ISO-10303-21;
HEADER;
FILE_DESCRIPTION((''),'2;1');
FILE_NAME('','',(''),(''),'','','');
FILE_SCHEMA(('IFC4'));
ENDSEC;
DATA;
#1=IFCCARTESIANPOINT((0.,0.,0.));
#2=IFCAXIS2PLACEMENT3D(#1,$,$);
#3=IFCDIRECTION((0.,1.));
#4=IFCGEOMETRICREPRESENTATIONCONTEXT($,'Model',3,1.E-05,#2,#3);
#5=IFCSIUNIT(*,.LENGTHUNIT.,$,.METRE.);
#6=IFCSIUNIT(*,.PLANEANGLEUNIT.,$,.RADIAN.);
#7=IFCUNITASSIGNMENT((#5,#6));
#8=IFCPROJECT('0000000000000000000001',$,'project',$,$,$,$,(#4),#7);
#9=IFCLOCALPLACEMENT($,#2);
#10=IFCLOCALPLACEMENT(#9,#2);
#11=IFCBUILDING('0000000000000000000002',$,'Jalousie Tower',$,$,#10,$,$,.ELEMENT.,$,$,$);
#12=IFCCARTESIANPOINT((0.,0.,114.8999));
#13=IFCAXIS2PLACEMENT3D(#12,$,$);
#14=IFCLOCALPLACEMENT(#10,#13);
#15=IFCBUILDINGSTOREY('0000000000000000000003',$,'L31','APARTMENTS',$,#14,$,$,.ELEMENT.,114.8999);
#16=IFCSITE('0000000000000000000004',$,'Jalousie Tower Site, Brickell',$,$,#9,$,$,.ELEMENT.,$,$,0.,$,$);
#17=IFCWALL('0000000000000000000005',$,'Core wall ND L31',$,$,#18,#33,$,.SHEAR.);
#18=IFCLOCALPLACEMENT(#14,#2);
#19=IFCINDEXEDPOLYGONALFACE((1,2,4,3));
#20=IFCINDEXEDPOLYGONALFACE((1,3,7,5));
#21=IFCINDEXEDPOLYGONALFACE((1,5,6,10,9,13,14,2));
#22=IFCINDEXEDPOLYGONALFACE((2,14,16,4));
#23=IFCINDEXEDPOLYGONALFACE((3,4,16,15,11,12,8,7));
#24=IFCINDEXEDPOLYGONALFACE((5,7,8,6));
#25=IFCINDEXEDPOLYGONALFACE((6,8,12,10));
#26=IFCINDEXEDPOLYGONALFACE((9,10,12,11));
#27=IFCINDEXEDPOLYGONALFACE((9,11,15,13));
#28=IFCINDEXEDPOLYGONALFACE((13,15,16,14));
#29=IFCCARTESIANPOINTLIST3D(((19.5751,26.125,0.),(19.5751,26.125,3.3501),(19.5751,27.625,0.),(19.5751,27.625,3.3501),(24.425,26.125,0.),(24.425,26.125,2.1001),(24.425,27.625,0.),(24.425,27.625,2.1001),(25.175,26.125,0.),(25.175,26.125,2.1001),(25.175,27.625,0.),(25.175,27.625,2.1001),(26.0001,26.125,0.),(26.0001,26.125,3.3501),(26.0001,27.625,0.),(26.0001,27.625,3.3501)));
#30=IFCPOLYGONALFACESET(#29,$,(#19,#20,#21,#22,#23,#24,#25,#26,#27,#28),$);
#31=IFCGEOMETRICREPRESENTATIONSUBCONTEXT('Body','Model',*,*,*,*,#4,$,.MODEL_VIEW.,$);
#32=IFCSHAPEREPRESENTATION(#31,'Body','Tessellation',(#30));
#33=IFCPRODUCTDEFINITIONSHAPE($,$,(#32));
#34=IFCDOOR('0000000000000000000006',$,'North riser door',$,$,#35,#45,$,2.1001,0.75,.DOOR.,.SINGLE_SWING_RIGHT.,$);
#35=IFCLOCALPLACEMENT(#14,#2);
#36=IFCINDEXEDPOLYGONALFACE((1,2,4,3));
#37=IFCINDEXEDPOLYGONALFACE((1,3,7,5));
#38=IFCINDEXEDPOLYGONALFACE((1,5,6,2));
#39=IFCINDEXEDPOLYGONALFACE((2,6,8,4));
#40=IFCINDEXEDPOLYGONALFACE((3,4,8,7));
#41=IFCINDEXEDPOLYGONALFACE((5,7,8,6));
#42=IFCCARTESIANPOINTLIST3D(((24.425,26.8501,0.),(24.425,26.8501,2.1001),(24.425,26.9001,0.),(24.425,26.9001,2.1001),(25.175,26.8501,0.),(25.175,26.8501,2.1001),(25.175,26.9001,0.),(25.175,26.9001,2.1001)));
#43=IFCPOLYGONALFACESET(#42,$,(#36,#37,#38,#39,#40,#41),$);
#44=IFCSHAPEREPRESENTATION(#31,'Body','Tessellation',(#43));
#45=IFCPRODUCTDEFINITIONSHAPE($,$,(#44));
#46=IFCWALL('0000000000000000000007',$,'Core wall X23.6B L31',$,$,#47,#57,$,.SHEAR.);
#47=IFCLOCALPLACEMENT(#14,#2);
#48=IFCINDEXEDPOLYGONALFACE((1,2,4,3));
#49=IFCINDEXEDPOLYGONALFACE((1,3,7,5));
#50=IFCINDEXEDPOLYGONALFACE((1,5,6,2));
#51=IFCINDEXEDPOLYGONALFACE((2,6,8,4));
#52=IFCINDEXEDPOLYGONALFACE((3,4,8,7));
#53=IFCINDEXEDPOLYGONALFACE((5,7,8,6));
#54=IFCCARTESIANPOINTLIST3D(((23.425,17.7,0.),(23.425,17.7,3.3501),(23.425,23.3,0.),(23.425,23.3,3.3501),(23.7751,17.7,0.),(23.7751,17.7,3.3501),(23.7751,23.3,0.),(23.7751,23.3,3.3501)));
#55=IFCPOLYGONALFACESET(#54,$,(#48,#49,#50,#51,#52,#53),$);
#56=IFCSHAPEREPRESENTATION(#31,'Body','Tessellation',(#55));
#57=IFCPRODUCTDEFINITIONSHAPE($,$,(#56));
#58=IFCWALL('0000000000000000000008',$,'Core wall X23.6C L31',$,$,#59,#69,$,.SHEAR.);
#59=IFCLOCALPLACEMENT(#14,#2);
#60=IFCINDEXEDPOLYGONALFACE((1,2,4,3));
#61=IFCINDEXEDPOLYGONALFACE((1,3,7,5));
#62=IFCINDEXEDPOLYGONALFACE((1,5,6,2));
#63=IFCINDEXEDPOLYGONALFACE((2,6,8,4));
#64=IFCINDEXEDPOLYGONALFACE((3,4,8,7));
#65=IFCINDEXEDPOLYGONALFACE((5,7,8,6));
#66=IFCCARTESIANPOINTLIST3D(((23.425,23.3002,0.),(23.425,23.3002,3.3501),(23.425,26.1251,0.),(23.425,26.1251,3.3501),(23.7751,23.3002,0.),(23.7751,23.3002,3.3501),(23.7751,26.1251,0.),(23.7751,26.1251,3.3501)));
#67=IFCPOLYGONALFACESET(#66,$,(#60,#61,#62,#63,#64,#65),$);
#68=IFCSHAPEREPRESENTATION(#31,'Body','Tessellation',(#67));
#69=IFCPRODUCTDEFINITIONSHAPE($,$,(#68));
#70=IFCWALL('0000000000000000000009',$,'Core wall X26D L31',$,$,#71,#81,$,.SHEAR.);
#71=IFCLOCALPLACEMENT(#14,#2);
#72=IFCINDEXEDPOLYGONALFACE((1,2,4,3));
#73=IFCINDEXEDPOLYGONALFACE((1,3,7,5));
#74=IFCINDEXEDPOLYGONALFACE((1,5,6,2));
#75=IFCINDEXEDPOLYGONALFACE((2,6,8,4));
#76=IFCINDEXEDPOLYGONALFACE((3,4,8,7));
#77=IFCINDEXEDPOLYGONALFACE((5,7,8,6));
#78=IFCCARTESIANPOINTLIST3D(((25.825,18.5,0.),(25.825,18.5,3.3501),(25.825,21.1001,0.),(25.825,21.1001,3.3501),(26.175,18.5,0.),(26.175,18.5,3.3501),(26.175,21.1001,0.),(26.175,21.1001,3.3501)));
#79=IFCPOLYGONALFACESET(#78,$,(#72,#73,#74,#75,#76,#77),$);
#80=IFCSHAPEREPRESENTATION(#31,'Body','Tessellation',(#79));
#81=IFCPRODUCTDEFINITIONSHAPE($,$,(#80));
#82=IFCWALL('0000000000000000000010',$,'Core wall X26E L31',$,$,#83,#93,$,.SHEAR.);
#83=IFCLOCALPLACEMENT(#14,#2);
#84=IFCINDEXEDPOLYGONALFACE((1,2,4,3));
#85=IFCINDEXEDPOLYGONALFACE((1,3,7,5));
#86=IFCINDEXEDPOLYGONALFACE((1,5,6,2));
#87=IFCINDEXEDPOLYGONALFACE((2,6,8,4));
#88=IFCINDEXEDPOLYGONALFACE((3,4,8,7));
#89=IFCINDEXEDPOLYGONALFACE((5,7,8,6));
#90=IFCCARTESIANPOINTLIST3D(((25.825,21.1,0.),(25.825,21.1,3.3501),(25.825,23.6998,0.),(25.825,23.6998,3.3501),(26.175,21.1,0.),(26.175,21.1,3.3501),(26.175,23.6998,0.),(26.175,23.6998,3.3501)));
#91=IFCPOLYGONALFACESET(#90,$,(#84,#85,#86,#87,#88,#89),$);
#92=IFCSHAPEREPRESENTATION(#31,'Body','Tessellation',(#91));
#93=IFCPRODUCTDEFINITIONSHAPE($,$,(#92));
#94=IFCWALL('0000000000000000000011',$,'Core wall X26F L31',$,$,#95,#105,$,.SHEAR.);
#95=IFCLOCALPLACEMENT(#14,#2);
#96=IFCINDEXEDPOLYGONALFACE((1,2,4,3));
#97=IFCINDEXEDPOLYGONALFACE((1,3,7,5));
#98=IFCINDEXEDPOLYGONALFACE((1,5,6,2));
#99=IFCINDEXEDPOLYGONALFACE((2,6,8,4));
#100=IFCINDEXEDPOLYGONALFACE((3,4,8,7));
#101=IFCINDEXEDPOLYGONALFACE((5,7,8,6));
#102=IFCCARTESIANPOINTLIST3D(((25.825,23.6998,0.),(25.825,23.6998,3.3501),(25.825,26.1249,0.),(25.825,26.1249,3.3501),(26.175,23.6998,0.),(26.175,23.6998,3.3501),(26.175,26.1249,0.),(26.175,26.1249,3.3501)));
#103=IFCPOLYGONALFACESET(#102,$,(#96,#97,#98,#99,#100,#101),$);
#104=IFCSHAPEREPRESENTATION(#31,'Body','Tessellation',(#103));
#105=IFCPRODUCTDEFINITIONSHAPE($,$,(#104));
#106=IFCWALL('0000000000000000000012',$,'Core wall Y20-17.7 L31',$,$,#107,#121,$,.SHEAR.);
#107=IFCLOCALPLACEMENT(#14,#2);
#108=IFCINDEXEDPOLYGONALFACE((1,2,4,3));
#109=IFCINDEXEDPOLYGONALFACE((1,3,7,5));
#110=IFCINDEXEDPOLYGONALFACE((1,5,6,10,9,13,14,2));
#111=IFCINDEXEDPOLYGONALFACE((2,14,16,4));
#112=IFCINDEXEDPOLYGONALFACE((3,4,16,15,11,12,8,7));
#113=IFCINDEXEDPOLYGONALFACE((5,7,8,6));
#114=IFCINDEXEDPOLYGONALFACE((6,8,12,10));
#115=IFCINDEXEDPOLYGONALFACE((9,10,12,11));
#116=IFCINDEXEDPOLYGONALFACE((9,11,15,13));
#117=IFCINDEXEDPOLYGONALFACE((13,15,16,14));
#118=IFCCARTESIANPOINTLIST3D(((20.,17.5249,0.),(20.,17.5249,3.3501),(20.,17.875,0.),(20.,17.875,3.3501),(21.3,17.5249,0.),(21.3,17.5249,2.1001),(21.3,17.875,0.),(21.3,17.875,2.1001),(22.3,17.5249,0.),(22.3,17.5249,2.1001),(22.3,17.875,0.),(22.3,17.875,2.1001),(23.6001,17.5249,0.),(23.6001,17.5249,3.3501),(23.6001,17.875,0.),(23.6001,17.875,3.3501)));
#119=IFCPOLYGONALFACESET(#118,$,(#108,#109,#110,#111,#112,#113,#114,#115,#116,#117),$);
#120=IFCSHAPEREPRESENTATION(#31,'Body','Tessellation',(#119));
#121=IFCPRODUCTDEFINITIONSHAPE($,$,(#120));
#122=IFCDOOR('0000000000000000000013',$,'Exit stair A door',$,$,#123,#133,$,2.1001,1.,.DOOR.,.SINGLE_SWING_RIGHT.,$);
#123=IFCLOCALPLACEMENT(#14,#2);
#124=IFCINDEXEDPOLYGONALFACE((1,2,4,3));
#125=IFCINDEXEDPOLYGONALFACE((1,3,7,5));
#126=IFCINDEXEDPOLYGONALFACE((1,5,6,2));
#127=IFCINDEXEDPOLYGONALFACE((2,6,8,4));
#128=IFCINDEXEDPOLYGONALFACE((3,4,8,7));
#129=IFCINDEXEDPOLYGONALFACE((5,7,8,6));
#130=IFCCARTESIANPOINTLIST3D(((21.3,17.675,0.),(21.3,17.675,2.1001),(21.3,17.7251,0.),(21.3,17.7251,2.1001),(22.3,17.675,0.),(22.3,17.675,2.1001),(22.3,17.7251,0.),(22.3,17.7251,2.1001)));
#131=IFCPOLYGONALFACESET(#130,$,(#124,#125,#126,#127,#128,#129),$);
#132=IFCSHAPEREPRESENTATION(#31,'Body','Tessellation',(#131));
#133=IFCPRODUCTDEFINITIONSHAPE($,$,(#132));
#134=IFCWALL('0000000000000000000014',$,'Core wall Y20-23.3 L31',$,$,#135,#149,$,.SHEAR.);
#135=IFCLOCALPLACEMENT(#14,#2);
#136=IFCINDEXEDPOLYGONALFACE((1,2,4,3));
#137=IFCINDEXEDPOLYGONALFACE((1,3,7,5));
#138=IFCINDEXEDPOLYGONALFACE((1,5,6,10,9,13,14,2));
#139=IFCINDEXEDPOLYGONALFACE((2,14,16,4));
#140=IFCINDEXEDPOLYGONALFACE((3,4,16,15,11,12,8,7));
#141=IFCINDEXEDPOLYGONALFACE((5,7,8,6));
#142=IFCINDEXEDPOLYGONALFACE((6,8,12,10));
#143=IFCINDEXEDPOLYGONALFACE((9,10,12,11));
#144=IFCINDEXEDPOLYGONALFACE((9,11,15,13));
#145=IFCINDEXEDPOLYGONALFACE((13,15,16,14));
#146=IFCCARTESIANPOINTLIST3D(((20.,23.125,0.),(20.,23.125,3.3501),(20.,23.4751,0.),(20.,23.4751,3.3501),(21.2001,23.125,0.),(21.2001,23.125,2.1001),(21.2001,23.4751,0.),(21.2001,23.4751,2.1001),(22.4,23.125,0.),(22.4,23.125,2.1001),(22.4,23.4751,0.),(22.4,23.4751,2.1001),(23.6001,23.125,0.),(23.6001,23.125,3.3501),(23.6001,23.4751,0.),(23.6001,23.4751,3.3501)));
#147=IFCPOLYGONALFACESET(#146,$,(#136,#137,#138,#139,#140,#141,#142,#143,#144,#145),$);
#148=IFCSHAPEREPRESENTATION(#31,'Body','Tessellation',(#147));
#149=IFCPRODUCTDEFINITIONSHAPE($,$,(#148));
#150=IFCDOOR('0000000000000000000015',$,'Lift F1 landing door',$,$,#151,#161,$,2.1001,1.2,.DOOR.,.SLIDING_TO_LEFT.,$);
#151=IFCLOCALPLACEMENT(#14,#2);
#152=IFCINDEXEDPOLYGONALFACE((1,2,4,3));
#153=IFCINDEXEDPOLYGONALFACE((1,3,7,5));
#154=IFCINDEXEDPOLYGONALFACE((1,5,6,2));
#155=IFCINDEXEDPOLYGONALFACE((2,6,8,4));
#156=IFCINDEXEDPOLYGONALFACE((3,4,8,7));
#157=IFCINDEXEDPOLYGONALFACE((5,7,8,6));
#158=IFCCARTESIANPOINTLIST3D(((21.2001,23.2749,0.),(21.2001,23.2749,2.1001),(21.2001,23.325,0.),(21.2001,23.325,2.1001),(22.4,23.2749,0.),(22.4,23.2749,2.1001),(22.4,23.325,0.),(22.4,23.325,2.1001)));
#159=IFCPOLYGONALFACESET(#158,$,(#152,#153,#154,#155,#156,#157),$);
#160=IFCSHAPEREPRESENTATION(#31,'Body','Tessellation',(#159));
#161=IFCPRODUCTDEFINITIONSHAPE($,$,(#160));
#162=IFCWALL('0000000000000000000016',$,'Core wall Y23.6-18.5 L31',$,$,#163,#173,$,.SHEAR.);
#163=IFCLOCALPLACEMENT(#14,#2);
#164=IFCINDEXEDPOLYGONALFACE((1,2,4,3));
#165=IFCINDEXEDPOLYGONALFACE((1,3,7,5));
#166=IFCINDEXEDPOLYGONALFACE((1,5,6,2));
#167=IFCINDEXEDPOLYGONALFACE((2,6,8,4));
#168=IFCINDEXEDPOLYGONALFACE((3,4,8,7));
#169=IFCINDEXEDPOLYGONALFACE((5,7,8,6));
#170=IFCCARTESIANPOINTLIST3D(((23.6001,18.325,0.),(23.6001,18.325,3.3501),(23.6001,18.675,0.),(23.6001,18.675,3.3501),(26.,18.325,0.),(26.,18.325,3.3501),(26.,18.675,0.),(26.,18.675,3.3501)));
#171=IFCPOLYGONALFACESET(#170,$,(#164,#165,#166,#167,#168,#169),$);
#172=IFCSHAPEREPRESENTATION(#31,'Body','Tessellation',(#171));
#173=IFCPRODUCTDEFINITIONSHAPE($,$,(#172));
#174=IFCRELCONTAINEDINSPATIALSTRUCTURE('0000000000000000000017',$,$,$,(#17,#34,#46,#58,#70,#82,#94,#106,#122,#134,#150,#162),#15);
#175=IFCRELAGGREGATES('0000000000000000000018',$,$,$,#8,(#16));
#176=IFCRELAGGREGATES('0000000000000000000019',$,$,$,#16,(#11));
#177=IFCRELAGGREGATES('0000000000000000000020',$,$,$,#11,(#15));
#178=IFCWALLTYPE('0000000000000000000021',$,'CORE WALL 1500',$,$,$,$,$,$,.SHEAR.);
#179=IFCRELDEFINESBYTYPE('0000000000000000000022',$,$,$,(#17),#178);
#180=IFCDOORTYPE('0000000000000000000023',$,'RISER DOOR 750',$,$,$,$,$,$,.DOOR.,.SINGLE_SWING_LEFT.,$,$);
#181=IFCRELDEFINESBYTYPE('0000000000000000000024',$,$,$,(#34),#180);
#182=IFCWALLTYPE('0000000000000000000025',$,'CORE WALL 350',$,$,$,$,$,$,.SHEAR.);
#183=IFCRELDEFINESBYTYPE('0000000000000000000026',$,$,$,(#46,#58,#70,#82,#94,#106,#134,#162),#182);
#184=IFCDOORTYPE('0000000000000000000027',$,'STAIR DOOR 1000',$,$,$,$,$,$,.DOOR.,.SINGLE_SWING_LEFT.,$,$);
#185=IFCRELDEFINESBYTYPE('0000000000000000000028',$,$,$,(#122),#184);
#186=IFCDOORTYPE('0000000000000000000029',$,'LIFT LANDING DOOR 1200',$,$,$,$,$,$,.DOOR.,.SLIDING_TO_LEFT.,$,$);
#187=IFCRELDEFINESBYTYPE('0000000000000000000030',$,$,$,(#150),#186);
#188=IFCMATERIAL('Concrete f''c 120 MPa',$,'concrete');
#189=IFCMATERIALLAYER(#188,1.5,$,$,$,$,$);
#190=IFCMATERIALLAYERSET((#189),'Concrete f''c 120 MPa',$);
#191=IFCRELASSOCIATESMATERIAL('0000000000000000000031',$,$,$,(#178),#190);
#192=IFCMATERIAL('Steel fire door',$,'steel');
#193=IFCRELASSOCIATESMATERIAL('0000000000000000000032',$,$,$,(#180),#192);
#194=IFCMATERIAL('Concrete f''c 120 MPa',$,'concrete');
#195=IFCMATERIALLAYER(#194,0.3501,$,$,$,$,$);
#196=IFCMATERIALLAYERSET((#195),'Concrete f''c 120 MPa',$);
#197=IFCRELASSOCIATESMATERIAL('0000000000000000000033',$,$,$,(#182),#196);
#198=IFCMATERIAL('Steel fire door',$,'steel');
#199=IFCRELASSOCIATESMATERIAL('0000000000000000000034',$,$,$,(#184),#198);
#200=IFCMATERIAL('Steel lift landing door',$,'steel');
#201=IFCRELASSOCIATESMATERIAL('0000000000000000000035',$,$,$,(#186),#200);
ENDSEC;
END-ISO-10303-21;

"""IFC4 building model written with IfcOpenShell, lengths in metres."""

from ifc_helpers import new_model, si_unit, direction, frame, frame_2d, origin, place, context, subcontext, project, spatial, rectangle, extrude, material, layer, layer_set, type_object, element, fill, save


model = new_model("IFC4")

# Units and contexts
model_context = context("Model", 3, precision=1e-05, world=origin(), true_north=direction((0.0, 1.0)))
body_context = subcontext(model_context, "Body", "Model", "MODEL_VIEW")
ifc_project = project(units=[si_unit("LENGTHUNIT", "METRE"), si_unit("PLANEANGLEUNIT", "RADIAN")], contexts=[model_context])

# Site, building, storey
site_placement = place(None, origin())
site = spatial("IfcSite", under=ifc_project, at=site_placement, Name="Jalousie Tower Site, Brickell", CompositionType="ELEMENT", RefElevation=0.0)
building_placement = place(site_placement, origin())
building = spatial("IfcBuilding", under=site, at=building_placement, Name="Jalousie Tower", CompositionType="ELEMENT")
storey_placement = place(building_placement, frame((0.0, 0.0, 114.8999)))
storey = spatial("IfcBuildingStorey", under=building, at=storey_placement, Name="L31", Description="APARTMENTS", CompositionType="ELEMENT", Elevation=114.8999)

# Wall, opening, door
ifc_material_1 = material(Name="Concrete f'c 120 MPa", Category="concrete")
ifc_layer_1 = layer(ifc_material_1, 1.5)
ifc_layer_set_1 = layer_set([ifc_layer_1], Name="Concrete f'c 120 MPa")
wall_type_1 = type_object("IfcWallType", Name="CORE WALL 1500", PredefinedType="SHEAR", material=ifc_layer_set_1)
wall_1_placement = place(storey_placement, frame((26.0, 26.875, 0.0), z_axis=(0.0, 0.0, 1.0), x_axis=(-1.0, 0.0, 0.0)))
wall_1 = element("IfcWall", 1, at=wall_1_placement, inside=storey, type_object=wall_type_1, Name="Core wall ND L31", PredefinedType="SHEAR", context=body_context, shape_type="SweptSolid", body=[
    extrude(rectangle(XDim=6.425, YDim=1.5, at=frame_2d((3.2124, 0.0))), origin(), (0.0, 0.0, 1.0), 3.3501),
])
opening_1_placement = place(wall_1_placement, frame((0.825, 0.0, 0.0)))
opening_1 = element("IfcOpeningElement", 2, at=opening_1_placement, cuts=wall_1, PredefinedType="OPENING", context=body_context, shape_type="SweptSolid", body=[
    extrude(rectangle(XDim=0.75, YDim=2.1001, at=frame_2d((0.375, 1.05))), frame((0.0, 0.76, 0.0), z_axis=(0.0, -1.0, 0.0), x_axis=(1.0, 0.0, 0.0)), (0.0, 0.0, 1.0), 1.52),
])
ifc_material_2 = material(Name="Steel fire door", Category="steel")
door_type_1 = type_object("IfcDoorType", Name="RISER DOOR 750", OperationType="SINGLE_SWING_LEFT", PredefinedType="DOOR", material=ifc_material_2)
door_1_placement = place(opening_1_placement, origin())
door_1 = element("IfcDoor", 3, at=door_1_placement, inside=storey, type_object=door_type_1, Name="North riser door", OperationType="SINGLE_SWING_RIGHT", OverallHeight=2.1001, OverallWidth=0.75, PredefinedType="DOOR", context=body_context, shape_type="SweptSolid", body=[
    extrude(rectangle(XDim=0.75, YDim=2.1001, at=frame_2d((0.375, 1.05))), frame((0.0, 0.0249, 0.0), z_axis=(0.0, -1.0, 0.0), x_axis=(1.0, 0.0, 0.0)), (0.0, 0.0, 1.0), 0.05),
])
fill(opening_1, door_1)

# Walls
ifc_material_3 = material(Name="Concrete f'c 120 MPa", Category="concrete")
ifc_layer_2 = layer(ifc_material_3, 0.3501)
ifc_layer_set_2 = layer_set([ifc_layer_2], Name="Concrete f'c 120 MPa")
wall_type_2 = type_object("IfcWallType", Name="CORE WALL 350", PredefinedType="SHEAR", material=ifc_layer_set_2)
wall_2_placement = place(storey_placement, frame((23.6001, 17.7, 0.0), z_axis=(0.0, 0.0, 1.0), x_axis=(0.0, 1.0, 0.0)))
element("IfcWall", 4, at=wall_2_placement, inside=storey, type_object=wall_type_2, Name="Core wall X23.6B L31", PredefinedType="SHEAR", context=body_context, shape_type="SweptSolid", body=[
    extrude(rectangle(XDim=5.6001, YDim=0.3501, at=frame_2d((2.8, 0.0))), origin(), (0.0, 0.0, 1.0), 3.3501),
])
wall_3_placement = place(storey_placement, frame((23.6001, 23.3, 0.0), z_axis=(0.0, 0.0, 1.0), x_axis=(0.0, 1.0, 0.0)))
element("IfcWall", 5, at=wall_3_placement, inside=storey, type_object=wall_type_2, Name="Core wall X23.6C L31", PredefinedType="SHEAR", context=body_context, shape_type="SweptSolid", body=[
    extrude(rectangle(XDim=2.825, YDim=0.3501, at=frame_2d((1.4126, 0.0))), origin(), (0.0, 0.0, 1.0), 3.3501),
])
wall_4_placement = place(storey_placement, frame((26.0, 18.5, 0.0), z_axis=(0.0, 0.0, 1.0), x_axis=(0.0, 1.0, 0.0)))
element("IfcWall", 6, at=wall_4_placement, inside=storey, type_object=wall_type_2, Name="Core wall X26D L31", PredefinedType="SHEAR", context=body_context, shape_type="SweptSolid", body=[
    extrude(rectangle(XDim=2.6001, YDim=0.3501, at=frame_2d((1.3, 0.0))), origin(), (0.0, 0.0, 1.0), 3.3501),
])
wall_5_placement = place(storey_placement, frame((26.0, 21.1001, 0.0), z_axis=(0.0, 0.0, 1.0), x_axis=(0.0, 1.0, 0.0)))
element("IfcWall", 7, at=wall_5_placement, inside=storey, type_object=wall_type_2, Name="Core wall X26E L31", PredefinedType="SHEAR", context=body_context, shape_type="SweptSolid", body=[
    extrude(rectangle(XDim=2.5999, YDim=0.3501, at=frame_2d((1.2998, 0.0))), origin(), (0.0, 0.0, 1.0), 3.3501),
])
wall_6_placement = place(storey_placement, frame((26.0, 23.7, 0.0), z_axis=(0.0, 0.0, 1.0), x_axis=(0.0, 1.0, 0.0)))
element("IfcWall", 8, at=wall_6_placement, inside=storey, type_object=wall_type_2, Name="Core wall X26F L31", PredefinedType="SHEAR", context=body_context, shape_type="SweptSolid", body=[
    extrude(rectangle(XDim=2.425, YDim=0.3501, at=frame_2d((1.2124, 0.0))), origin(), (0.0, 0.0, 1.0), 3.3501),
])

# Walls, openings, doors
wall_7_placement = place(storey_placement, frame((20.0, 17.7, 0.0), z_axis=(0.0, 0.0, 1.0), x_axis=(1.0, 0.0, 0.0)))
wall_7 = element("IfcWall", 9, at=wall_7_placement, inside=storey, type_object=wall_type_2, Name="Core wall Y20-17.7 L31", PredefinedType="SHEAR", context=body_context, shape_type="SweptSolid", body=[
    extrude(rectangle(XDim=3.6001, YDim=0.3501, at=frame_2d((1.8, 0.0))), origin(), (0.0, 0.0, 1.0), 3.3501),
])
opening_2_placement = place(wall_7_placement, frame((1.3, 0.0, 0.0)))
opening_2 = element("IfcOpeningElement", 10, at=opening_2_placement, cuts=wall_7, PredefinedType="OPENING", context=body_context, shape_type="SweptSolid", body=[
    extrude(rectangle(XDim=1.0, YDim=2.1001, at=frame_2d((0.5, 1.05))), frame((0.0, 0.1851, 0.0), z_axis=(0.0, -1.0, 0.0), x_axis=(1.0, 0.0, 0.0)), (0.0, 0.0, 1.0), 0.3701),
])
ifc_material_4 = material(Name="Steel fire door", Category="steel")
door_type_2 = type_object("IfcDoorType", Name="STAIR DOOR 1000", OperationType="SINGLE_SWING_LEFT", PredefinedType="DOOR", material=ifc_material_4)
door_2_placement = place(opening_2_placement, frame((1.0, 0.0, 0.0), z_axis=(0.0, 0.0, 1.0), x_axis=(-1.0, 0.0, 0.0)))
door_2 = element("IfcDoor", 11, at=door_2_placement, inside=storey, type_object=door_type_2, Name="Exit stair A door", OperationType="SINGLE_SWING_RIGHT", OverallHeight=2.1001, OverallWidth=1.0, PredefinedType="DOOR", context=body_context, shape_type="SweptSolid", body=[
    extrude(rectangle(XDim=1.0, YDim=2.1001, at=frame_2d((0.5, 1.05))), frame((0.0, 0.0249, 0.0), z_axis=(0.0, -1.0, 0.0), x_axis=(1.0, 0.0, 0.0)), (0.0, 0.0, 1.0), 0.05),
])
fill(opening_2, door_2)
wall_8_placement = place(storey_placement, frame((20.0, 23.3, 0.0), z_axis=(0.0, 0.0, 1.0), x_axis=(1.0, 0.0, 0.0)))
wall_8 = element("IfcWall", 12, at=wall_8_placement, inside=storey, type_object=wall_type_2, Name="Core wall Y20-23.3 L31", PredefinedType="SHEAR", context=body_context, shape_type="SweptSolid", body=[
    extrude(rectangle(XDim=3.6001, YDim=0.3501, at=frame_2d((1.8, 0.0))), origin(), (0.0, 0.0, 1.0), 3.3501),
])
opening_3_placement = place(wall_8_placement, frame((1.2, 0.0, 0.0)))
opening_3 = element("IfcOpeningElement", 13, at=opening_3_placement, cuts=wall_8, PredefinedType="OPENING", context=body_context, shape_type="SweptSolid", body=[
    extrude(rectangle(XDim=1.2, YDim=2.1001, at=frame_2d((0.6001, 1.05))), frame((0.0, 0.1851, 0.0), z_axis=(0.0, -1.0, 0.0), x_axis=(1.0, 0.0, 0.0)), (0.0, 0.0, 1.0), 0.3701),
])
ifc_material_5 = material(Name="Steel lift landing door", Category="steel")
door_type_3 = type_object("IfcDoorType", Name="LIFT LANDING DOOR 1200", OperationType="SLIDING_TO_LEFT", PredefinedType="DOOR", material=ifc_material_5)
door_3_placement = place(opening_3_placement, origin())
door_3 = element("IfcDoor", 14, at=door_3_placement, inside=storey, type_object=door_type_3, Name="Lift F1 landing door", OperationType="SLIDING_TO_LEFT", OverallHeight=2.1001, OverallWidth=1.2, PredefinedType="DOOR", context=body_context, shape_type="SweptSolid", body=[
    extrude(rectangle(XDim=1.2, YDim=2.1001, at=frame_2d((0.6001, 1.05))), frame((0.0, 0.0249, 0.0), z_axis=(0.0, -1.0, 0.0), x_axis=(1.0, 0.0, 0.0)), (0.0, 0.0, 1.0), 0.05),
])
fill(opening_3, door_3)

# Wall
wall_9_placement = place(storey_placement, frame((23.6001, 18.5, 0.0), z_axis=(0.0, 0.0, 1.0), x_axis=(1.0, 0.0, 0.0)))
element("IfcWall", 15, at=wall_9_placement, inside=storey, type_object=wall_type_2, Name="Core wall Y23.6-18.5 L31", PredefinedType="SHEAR", context=body_context, shape_type="SweptSolid", body=[
    extrude(rectangle(XDim=2.3999, YDim=0.3501, at=frame_2d((1.2, 0.0))), origin(), (0.0, 0.0, 1.0), 3.3501),
])

save(model, "model.ifc")
